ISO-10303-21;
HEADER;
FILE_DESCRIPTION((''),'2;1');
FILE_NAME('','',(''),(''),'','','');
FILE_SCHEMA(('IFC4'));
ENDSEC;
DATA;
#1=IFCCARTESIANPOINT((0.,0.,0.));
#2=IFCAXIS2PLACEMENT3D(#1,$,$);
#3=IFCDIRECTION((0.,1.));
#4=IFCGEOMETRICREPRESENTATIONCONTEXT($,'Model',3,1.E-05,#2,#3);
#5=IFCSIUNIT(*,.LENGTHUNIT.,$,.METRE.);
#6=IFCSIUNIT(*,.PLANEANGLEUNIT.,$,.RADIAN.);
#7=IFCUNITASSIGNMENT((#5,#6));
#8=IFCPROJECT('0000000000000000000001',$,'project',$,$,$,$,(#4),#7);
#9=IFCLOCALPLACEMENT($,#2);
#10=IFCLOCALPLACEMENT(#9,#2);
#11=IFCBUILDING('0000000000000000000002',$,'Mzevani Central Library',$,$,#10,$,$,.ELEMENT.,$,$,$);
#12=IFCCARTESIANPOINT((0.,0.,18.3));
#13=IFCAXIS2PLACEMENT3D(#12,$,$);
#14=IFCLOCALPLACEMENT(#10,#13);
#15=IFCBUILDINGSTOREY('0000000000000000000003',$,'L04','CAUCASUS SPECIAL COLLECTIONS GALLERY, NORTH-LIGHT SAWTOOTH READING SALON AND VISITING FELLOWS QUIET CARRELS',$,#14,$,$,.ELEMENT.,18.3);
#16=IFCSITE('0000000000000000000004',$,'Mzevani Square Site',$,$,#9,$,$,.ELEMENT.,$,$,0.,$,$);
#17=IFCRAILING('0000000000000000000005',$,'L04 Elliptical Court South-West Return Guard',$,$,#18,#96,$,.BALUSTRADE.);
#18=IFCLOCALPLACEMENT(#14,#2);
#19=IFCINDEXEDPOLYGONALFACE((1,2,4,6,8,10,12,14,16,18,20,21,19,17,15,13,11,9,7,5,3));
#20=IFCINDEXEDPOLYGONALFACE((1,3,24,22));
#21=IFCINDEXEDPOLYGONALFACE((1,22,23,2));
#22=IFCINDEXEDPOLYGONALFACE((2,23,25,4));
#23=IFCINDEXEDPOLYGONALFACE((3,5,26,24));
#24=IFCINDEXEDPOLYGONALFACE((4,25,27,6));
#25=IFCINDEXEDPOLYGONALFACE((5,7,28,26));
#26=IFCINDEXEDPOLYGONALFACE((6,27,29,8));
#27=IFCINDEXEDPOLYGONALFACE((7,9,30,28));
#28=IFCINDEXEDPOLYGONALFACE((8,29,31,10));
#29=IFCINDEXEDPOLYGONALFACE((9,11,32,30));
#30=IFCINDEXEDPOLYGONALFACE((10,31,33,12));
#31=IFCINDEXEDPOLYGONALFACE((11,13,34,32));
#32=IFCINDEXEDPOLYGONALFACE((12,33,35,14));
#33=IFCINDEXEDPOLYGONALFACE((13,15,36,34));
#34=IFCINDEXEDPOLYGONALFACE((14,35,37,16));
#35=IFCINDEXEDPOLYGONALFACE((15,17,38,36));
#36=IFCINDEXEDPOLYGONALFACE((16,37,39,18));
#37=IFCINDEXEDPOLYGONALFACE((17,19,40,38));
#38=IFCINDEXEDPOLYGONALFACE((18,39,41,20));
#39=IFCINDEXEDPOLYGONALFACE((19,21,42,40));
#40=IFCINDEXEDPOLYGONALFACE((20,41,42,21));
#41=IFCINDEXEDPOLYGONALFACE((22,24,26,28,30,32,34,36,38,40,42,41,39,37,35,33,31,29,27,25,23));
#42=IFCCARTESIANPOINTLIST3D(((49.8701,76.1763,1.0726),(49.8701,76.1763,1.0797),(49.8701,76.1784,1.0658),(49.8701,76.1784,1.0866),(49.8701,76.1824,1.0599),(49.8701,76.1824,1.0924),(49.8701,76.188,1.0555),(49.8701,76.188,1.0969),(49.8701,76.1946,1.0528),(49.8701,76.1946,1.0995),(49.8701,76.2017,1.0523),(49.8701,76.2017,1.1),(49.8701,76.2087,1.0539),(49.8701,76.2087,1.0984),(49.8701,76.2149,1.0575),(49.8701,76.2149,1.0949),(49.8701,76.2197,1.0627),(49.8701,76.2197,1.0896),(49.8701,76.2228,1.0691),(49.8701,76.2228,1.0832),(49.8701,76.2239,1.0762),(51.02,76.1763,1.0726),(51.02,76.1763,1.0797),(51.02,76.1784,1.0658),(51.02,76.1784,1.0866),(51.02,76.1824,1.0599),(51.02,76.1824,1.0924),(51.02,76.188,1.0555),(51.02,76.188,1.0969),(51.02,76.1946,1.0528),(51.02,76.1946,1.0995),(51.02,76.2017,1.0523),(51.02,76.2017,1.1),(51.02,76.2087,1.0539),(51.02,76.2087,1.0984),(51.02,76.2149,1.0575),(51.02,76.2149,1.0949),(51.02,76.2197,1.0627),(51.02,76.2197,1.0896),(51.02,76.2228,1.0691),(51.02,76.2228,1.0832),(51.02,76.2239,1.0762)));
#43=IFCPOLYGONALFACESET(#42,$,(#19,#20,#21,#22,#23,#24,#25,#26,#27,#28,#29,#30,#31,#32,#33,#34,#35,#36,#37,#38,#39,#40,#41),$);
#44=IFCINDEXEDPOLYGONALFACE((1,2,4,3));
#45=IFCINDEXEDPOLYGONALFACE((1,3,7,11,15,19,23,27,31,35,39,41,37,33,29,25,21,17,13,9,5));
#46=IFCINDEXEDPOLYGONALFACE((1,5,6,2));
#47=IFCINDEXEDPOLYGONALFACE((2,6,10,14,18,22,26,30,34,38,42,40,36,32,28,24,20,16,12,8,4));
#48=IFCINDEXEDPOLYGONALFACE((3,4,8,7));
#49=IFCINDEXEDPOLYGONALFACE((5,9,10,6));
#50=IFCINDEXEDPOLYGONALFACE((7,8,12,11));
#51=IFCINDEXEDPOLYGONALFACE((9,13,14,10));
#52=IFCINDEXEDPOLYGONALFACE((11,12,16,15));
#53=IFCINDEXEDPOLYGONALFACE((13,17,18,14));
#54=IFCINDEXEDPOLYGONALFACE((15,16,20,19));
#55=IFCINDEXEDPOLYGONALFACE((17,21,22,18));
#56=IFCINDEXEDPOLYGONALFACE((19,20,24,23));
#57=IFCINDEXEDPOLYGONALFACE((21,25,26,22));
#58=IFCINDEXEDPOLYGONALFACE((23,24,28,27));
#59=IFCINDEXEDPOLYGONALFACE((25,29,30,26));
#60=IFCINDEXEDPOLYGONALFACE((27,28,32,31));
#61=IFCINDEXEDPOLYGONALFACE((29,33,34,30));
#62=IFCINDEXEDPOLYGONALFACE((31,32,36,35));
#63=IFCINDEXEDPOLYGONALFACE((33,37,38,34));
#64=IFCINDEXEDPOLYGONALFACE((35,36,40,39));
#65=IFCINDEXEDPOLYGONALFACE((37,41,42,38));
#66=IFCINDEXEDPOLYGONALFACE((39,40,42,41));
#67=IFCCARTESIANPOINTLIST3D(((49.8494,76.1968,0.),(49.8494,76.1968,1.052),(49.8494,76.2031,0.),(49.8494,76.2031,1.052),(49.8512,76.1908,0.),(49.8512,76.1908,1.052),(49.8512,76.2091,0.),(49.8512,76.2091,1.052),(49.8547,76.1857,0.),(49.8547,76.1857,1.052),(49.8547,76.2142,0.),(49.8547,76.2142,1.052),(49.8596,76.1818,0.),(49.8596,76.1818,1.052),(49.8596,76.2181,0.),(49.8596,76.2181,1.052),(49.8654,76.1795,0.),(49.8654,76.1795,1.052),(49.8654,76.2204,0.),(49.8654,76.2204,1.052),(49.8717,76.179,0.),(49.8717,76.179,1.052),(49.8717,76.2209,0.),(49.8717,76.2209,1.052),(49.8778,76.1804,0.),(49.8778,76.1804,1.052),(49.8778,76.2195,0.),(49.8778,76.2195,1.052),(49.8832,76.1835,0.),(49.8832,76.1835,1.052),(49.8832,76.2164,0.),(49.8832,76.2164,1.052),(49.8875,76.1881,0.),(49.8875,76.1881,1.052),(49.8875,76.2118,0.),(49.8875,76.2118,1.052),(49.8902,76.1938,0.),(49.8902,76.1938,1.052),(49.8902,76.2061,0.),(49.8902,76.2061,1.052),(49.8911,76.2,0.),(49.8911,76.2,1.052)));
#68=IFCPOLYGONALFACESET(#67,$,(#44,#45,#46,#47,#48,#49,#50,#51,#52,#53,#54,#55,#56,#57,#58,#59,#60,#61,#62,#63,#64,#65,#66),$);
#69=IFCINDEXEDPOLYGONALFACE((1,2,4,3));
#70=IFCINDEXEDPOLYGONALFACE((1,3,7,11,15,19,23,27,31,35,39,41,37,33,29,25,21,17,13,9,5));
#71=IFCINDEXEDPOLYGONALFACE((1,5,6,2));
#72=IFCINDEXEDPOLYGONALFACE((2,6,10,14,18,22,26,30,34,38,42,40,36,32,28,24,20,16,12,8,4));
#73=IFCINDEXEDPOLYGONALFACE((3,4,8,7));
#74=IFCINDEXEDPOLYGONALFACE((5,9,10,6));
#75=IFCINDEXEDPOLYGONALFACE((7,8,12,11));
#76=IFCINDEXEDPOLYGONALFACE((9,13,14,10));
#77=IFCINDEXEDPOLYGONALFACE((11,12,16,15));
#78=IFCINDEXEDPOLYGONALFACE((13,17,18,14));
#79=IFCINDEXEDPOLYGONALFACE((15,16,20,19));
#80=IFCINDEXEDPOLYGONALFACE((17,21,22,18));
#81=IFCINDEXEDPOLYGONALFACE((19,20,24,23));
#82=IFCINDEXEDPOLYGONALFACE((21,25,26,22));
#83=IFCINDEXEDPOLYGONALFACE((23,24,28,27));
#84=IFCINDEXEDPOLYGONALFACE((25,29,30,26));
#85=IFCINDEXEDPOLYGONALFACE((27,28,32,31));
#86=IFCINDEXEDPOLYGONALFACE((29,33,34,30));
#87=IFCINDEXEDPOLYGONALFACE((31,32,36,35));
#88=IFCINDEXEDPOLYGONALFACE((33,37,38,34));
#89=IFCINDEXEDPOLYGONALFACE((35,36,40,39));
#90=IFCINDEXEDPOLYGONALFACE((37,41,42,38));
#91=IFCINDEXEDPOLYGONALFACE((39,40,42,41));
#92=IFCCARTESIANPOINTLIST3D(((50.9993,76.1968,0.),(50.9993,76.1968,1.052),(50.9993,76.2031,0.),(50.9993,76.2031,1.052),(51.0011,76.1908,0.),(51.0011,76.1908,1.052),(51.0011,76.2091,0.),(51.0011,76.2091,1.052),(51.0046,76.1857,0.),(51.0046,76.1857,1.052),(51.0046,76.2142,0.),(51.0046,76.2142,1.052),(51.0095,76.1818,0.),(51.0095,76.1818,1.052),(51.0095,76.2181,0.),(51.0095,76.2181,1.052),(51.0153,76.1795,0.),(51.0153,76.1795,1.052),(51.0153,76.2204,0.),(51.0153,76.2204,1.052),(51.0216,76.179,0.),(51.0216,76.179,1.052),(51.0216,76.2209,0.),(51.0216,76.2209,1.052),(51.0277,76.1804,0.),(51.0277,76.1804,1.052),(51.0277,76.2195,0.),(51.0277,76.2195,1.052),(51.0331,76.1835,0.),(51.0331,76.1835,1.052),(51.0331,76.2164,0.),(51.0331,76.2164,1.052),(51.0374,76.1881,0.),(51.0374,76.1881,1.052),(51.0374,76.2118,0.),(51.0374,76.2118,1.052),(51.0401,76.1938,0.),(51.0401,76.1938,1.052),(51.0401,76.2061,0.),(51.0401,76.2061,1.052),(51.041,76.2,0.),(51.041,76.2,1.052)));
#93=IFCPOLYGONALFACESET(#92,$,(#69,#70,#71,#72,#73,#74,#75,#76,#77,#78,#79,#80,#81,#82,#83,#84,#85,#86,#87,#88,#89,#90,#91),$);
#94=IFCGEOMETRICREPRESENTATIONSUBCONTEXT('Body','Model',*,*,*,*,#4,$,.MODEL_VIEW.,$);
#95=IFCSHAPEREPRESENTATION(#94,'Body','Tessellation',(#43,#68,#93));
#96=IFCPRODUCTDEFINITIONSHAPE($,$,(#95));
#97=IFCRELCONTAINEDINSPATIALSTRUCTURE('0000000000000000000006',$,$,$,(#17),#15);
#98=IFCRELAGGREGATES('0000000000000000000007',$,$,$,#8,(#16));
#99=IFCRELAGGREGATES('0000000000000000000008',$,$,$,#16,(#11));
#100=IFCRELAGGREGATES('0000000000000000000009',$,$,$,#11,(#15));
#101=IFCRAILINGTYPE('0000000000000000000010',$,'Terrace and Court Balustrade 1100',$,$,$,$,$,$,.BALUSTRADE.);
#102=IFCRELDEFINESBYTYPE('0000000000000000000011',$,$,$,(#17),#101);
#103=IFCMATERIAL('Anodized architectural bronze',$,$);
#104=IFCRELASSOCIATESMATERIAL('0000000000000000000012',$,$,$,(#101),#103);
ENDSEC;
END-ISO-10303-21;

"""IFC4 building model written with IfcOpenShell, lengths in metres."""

from ifc_helpers import new_model, si_unit, direction, frame, origin, origin_2d, place, context, subcontext, project, spatial, circle, extrude, material, type_object, element, save


model = new_model("IFC4")

# Units and contexts
model_context = context("Model", 3, precision=1e-05, world=origin(), true_north=direction((0.0, 1.0)))
body_context = subcontext(model_context, "Body", "Model", "MODEL_VIEW")
ifc_project = project(units=[si_unit("LENGTHUNIT", "METRE"), si_unit("PLANEANGLEUNIT", "RADIAN")], contexts=[model_context])

# Site, building, storey
site_placement = place(None, origin())
site = spatial("IfcSite", under=ifc_project, at=site_placement, Name="Mzevani Square Site", CompositionType="ELEMENT", RefElevation=0.0)
building_placement = place(site_placement, origin())
building = spatial("IfcBuilding", under=site, at=building_placement, Name="Mzevani Central Library", CompositionType="ELEMENT")
storey_placement = place(building_placement, frame((0.0, 0.0, 18.3)))
storey = spatial("IfcBuildingStorey", under=building, at=storey_placement, Name="L04", Description="CAUCASUS SPECIAL COLLECTIONS GALLERY, NORTH-LIGHT SAWTOOTH READING SALON AND VISITING FELLOWS QUIET CARRELS", CompositionType="ELEMENT", Elevation=18.3)

# Railing
ifc_material_1 = material(Name="Anodized architectural bronze")
railing_type = type_object("IfcRailingType", Name="Terrace and Court Balustrade 1100", PredefinedType="BALUSTRADE", material=ifc_material_1)
railing_1_placement = place(storey_placement, frame((49.8701, 76.2, 0.0)))
element("IfcRailing", 1, at=railing_1_placement, inside=storey, type_object=railing_type, Name="L04 Elliptical Court South-West Return Guard", PredefinedType="BALUSTRADE", context=body_context, shape_type="SweptSolid", body=[
    extrude(circle(Radius=0.0239, at=origin_2d()), frame((0.0, 0.0, 1.0762), z_axis=(1.0, 0.0, 0.0), x_axis=(0.0, 1.0, 0.0)), (0.0, 0.0, 1.0), 1.1499),
    extrude(circle(Radius=0.021, at=origin_2d()), origin(), (0.0, 0.0, 1.0), 1.052),
    extrude(circle(Radius=0.021, at=origin_2d()), frame((1.1499, 0.0, 0.0)), (0.0, 0.0, 1.0), 1.052),
])

save(model, "model.ifc")
